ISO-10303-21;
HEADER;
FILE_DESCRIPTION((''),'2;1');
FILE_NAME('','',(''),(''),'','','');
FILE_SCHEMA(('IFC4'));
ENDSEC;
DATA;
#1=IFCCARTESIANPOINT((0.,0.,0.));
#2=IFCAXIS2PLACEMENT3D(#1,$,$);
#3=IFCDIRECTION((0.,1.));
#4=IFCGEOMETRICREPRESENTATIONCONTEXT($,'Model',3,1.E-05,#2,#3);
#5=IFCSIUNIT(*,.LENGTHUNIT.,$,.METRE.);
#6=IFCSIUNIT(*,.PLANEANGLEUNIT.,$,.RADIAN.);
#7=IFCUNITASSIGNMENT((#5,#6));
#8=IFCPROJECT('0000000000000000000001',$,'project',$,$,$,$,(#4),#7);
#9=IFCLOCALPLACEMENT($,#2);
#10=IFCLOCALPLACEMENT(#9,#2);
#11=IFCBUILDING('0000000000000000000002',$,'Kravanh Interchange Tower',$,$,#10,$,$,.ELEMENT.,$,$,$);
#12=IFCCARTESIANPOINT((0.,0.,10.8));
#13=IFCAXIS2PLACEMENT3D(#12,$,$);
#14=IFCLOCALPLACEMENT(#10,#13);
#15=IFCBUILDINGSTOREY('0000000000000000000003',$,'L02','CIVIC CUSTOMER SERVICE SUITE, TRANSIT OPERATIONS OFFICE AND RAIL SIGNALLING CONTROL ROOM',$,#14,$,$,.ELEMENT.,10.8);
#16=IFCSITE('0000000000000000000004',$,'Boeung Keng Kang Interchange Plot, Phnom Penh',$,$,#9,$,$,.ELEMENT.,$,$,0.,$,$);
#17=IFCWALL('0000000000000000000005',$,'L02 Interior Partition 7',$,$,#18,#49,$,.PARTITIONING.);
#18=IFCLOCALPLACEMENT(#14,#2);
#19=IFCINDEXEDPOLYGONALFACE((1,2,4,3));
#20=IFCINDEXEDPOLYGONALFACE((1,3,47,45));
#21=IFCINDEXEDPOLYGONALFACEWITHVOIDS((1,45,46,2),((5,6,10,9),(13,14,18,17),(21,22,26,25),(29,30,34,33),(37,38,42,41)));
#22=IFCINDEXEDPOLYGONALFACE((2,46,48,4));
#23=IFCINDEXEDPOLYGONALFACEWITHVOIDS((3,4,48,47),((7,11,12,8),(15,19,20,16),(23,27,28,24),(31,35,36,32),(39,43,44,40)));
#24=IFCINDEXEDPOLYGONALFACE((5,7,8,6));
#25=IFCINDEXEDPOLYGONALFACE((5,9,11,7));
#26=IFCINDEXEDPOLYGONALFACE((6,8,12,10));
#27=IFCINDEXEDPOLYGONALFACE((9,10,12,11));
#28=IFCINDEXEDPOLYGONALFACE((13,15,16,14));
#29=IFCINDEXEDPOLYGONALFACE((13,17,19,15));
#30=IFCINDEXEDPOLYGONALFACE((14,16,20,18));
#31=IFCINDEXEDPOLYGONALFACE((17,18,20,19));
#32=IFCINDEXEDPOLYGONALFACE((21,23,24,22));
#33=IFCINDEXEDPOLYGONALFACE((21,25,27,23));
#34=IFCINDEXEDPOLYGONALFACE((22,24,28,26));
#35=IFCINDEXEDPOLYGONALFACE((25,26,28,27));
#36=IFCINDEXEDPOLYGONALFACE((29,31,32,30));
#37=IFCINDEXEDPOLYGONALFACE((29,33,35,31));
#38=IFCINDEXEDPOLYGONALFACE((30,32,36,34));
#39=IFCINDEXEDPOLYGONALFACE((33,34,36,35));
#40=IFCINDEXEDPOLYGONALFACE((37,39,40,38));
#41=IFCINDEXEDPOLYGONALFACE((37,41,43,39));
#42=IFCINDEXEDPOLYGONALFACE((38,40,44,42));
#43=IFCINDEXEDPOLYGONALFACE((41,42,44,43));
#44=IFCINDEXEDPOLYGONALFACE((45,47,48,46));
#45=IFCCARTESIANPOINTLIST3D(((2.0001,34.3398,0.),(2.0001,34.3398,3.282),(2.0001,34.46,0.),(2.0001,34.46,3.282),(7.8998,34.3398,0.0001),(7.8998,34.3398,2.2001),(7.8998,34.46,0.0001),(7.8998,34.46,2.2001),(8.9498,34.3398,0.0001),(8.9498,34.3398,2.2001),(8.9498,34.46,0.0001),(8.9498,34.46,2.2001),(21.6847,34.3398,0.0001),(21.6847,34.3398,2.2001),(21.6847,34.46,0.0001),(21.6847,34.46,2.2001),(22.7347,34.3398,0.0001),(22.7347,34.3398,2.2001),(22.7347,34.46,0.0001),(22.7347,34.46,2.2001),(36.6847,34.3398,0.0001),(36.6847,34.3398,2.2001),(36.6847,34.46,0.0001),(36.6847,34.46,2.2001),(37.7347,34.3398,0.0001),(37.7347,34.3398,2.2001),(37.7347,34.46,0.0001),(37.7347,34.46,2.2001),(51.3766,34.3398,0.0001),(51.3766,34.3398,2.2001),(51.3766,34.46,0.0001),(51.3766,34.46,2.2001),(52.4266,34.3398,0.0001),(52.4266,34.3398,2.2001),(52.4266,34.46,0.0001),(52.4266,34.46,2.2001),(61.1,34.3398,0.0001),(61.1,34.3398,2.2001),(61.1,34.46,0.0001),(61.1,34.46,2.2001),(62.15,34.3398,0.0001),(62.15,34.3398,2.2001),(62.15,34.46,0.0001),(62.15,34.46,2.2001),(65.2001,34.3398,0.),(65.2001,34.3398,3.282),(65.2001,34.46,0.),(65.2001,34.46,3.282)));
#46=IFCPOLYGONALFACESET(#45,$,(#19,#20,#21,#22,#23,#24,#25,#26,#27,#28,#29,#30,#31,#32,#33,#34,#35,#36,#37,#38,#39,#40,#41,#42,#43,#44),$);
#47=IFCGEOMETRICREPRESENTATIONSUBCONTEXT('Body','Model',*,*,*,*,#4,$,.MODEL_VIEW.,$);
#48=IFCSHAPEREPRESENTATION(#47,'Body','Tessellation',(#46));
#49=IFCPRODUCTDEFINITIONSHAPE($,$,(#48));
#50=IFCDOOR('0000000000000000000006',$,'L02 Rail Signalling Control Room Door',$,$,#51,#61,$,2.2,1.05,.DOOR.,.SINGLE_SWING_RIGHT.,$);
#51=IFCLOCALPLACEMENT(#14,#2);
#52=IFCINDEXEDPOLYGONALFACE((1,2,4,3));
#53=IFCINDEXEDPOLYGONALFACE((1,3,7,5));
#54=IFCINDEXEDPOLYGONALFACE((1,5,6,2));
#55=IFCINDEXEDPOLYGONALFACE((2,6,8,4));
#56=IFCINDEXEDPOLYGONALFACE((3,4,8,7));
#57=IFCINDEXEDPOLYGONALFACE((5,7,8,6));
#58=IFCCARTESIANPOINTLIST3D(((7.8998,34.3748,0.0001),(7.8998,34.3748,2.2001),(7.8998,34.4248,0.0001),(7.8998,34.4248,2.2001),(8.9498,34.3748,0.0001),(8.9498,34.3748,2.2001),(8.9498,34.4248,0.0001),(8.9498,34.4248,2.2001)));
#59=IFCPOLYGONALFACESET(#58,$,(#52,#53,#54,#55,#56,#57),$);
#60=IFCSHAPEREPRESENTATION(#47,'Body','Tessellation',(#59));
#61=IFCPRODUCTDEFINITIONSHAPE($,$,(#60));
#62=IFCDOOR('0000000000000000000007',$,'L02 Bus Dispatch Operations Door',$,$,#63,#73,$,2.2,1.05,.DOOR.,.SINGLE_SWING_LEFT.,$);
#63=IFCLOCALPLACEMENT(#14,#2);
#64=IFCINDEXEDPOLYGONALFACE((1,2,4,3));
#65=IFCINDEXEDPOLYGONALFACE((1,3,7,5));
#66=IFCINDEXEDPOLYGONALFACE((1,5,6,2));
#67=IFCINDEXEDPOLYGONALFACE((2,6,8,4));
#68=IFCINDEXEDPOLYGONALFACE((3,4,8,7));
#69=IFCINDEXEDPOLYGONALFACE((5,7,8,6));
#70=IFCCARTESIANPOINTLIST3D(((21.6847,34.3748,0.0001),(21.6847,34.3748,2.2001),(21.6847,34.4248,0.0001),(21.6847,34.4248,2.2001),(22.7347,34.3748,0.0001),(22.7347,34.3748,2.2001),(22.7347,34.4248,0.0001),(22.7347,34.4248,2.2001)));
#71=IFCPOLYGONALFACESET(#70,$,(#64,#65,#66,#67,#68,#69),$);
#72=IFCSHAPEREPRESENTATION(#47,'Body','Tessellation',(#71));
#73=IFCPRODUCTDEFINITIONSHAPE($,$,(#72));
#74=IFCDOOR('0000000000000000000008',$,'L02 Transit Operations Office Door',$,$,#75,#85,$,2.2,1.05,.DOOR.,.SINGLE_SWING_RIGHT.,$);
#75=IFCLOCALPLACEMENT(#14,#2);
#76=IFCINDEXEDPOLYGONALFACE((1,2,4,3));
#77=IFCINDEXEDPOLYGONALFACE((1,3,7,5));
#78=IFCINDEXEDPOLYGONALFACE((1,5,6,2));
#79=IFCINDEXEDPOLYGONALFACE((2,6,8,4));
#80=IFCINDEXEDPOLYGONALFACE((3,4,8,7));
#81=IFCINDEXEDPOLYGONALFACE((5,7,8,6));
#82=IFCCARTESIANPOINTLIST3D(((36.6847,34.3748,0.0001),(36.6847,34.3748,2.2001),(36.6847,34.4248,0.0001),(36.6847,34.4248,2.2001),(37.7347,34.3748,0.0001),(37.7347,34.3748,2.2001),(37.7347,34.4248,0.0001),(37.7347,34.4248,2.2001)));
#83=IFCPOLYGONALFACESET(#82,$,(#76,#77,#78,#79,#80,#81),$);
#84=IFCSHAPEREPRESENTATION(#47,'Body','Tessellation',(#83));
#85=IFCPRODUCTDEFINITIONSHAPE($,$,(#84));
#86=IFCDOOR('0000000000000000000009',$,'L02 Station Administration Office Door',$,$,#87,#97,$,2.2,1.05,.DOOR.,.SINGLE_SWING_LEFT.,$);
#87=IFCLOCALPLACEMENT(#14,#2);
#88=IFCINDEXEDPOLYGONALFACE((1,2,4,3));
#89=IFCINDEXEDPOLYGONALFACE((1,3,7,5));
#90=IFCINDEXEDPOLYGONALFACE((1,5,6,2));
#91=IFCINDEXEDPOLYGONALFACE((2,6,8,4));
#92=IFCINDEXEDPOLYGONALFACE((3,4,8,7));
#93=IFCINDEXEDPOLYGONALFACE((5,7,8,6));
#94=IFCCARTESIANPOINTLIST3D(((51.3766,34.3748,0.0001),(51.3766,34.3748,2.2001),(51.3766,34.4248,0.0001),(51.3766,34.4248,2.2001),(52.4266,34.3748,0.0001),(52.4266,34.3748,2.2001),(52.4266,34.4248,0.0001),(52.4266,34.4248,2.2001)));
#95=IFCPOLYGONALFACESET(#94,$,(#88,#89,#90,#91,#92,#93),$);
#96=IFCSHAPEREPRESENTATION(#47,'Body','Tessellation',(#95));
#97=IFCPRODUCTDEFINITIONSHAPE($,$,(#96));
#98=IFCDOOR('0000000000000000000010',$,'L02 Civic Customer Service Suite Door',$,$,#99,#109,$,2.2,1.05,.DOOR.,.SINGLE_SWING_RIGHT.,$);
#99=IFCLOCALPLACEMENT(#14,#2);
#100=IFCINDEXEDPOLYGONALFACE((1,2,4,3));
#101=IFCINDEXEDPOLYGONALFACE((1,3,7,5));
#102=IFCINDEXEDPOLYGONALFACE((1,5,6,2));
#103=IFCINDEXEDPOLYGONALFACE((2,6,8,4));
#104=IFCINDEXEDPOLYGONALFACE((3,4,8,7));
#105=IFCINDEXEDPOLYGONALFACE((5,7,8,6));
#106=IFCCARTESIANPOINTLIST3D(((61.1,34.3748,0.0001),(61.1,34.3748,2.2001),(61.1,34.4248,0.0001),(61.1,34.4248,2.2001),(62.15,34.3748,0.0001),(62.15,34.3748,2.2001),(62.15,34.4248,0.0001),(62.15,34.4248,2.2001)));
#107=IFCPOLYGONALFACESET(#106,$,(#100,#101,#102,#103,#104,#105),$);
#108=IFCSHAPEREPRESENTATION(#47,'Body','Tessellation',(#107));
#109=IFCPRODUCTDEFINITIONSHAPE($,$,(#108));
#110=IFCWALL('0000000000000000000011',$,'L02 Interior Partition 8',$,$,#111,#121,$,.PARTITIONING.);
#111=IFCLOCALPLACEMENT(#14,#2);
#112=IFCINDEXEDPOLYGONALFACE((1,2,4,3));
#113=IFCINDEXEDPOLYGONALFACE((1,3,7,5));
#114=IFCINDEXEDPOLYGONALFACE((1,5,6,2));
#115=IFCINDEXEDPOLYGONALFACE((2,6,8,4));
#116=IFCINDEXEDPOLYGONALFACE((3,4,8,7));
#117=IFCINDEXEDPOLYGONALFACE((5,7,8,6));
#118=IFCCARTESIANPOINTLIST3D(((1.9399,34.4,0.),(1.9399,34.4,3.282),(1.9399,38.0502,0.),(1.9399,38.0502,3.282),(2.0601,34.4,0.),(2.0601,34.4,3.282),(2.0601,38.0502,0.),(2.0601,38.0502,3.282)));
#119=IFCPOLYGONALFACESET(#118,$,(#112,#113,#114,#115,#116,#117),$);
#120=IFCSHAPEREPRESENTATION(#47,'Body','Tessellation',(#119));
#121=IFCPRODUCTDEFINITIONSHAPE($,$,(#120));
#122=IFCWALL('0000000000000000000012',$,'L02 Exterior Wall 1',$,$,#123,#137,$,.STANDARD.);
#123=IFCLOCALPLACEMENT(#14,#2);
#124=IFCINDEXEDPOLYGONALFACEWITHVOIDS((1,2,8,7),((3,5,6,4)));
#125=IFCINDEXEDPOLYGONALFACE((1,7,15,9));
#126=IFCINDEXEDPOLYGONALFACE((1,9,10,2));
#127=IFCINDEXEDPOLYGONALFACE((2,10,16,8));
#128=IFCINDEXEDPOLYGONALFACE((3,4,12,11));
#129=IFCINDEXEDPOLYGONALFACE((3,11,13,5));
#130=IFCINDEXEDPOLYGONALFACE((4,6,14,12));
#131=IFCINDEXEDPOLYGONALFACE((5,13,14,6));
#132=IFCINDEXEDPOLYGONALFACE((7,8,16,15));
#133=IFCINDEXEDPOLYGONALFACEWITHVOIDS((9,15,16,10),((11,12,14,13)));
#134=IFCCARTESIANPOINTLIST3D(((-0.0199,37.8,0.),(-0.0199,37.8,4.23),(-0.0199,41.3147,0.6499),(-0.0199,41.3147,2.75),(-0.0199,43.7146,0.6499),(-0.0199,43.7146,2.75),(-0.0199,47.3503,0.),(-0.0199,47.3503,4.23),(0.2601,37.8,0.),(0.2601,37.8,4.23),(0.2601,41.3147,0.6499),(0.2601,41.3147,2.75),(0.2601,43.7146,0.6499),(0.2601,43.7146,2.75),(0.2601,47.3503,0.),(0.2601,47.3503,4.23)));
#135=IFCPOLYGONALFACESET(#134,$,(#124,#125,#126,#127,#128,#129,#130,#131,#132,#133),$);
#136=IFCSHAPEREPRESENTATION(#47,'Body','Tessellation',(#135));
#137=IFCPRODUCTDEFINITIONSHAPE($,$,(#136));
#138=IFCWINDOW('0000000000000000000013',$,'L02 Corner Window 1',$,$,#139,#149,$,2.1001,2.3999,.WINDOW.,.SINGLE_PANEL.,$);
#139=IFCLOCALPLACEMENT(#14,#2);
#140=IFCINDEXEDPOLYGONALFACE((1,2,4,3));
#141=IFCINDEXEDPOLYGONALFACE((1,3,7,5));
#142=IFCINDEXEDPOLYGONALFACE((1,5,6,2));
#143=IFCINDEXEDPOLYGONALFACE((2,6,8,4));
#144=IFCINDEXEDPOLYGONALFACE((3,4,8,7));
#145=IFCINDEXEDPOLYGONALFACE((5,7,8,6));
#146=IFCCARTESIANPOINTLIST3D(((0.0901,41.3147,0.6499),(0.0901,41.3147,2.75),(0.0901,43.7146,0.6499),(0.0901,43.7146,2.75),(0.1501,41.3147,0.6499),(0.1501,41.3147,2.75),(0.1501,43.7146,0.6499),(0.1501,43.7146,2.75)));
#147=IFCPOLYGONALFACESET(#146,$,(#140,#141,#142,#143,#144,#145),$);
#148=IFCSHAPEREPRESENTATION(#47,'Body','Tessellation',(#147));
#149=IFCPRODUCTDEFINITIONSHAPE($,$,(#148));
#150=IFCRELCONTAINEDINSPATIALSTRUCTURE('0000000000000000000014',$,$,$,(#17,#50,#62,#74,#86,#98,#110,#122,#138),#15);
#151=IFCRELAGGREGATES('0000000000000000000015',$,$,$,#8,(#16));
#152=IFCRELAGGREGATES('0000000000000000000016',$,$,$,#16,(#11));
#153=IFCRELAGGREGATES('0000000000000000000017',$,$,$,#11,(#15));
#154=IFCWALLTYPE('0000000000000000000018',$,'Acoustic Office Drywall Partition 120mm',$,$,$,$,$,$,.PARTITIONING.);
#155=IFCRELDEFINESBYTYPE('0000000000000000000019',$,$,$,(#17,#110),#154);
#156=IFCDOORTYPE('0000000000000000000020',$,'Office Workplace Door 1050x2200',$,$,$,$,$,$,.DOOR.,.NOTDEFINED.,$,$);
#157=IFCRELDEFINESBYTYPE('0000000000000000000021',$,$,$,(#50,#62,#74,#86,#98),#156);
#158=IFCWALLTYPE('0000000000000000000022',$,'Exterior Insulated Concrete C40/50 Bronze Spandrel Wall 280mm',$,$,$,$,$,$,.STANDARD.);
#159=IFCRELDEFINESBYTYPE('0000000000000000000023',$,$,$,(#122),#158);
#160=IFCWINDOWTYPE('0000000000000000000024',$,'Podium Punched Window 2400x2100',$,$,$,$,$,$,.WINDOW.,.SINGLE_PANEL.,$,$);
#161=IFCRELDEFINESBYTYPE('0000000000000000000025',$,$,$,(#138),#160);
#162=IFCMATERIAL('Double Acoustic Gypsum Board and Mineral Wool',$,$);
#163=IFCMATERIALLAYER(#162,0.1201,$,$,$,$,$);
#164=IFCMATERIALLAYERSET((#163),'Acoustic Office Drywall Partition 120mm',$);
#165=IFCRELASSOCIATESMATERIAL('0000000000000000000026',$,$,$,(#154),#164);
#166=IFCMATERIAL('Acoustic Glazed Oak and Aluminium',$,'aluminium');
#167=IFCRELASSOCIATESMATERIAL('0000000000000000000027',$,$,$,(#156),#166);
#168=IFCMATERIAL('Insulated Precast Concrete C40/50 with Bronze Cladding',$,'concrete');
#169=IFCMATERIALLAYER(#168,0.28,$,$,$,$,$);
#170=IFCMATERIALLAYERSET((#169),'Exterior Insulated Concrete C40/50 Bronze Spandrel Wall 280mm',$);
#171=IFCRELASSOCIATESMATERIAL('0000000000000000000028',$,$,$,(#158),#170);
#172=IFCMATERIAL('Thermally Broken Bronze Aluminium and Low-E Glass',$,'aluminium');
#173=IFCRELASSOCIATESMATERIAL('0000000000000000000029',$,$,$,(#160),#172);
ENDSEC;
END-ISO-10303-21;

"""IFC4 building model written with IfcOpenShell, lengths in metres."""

from ifc_helpers import new_model, si_unit, direction, frame, frame_2d, origin, place, context, subcontext, project, spatial, rectangle, extrude, material, layer, layer_set, type_object, element, fill, save


model = new_model("IFC4")

# Units and contexts
model_context = context("Model", 3, precision=1e-05, world=origin(), true_north=direction((0.0, 1.0)))
body_context = subcontext(model_context, "Body", "Model", "MODEL_VIEW")
ifc_project = project(units=[si_unit("LENGTHUNIT", "METRE"), si_unit("PLANEANGLEUNIT", "RADIAN")], contexts=[model_context])

# Site, building, storey
site_placement = place(None, origin())
site = spatial("IfcSite", under=ifc_project, at=site_placement, Name="Boeung Keng Kang Interchange Plot, Phnom Penh", CompositionType="ELEMENT", RefElevation=0.0)
building_placement = place(site_placement, origin())
building = spatial("IfcBuilding", under=site, at=building_placement, Name="Kravanh Interchange Tower", CompositionType="ELEMENT")
storey_placement = place(building_placement, frame((0.0, 0.0, 10.8)))
storey = spatial("IfcBuildingStorey", under=building, at=storey_placement, Name="L02", Description="CIVIC CUSTOMER SERVICE SUITE, TRANSIT OPERATIONS OFFICE AND RAIL SIGNALLING CONTROL ROOM", CompositionType="ELEMENT", Elevation=10.8)

# Wall, openings, doors
ifc_material_1 = material(Name="Double Acoustic Gypsum Board and Mineral Wool")
ifc_layer_1 = layer(ifc_material_1, 0.1201)
ifc_layer_set_1 = layer_set([ifc_layer_1], Name="Acoustic Office Drywall Partition 120mm")
wall_type_1 = type_object("IfcWallType", Name="Acoustic Office Drywall Partition 120mm", PredefinedType="PARTITIONING", material=ifc_layer_set_1)
wall_1_placement = place(storey_placement, frame((2.0, 34.3999, 0.0), z_axis=(0.0, 0.0, 1.0), x_axis=(1.0, 0.0, 0.0)))
wall_1 = element("IfcWall", 1, at=wall_1_placement, inside=storey, type_object=wall_type_1, Name="L02 Interior Partition 7", PredefinedType="PARTITIONING", context=body_context, shape_type="SweptSolid", body=[
    extrude(rectangle(XDim=63.2, YDim=0.1201, at=frame_2d((31.6001, 0.0))), origin(), (0.0, 0.0, 1.0), 3.282),
])
opening_1_placement = place(wall_1_placement, frame((5.8999, 0.0, 0.0)))
opening_1 = element("IfcOpeningElement", 2, at=opening_1_placement, cuts=wall_1, PredefinedType="OPENING", context=body_context, shape_type="SweptSolid", body=[
    extrude(rectangle(XDim=1.05, YDim=2.2, at=frame_2d((0.5249, 1.1001))), frame((0.0, 0.0701, 0.0), z_axis=(0.0, -1.0, 0.0), x_axis=(1.0, 0.0, 0.0)), (0.0, 0.0, 1.0), 0.1401),
])
opening_2_placement = place(wall_1_placement, frame((19.6848, 0.0, 0.0)))
opening_2 = element("IfcOpeningElement", 3, at=opening_2_placement, cuts=wall_1, PredefinedType="OPENING", context=body_context, shape_type="SweptSolid", body=[
    extrude(rectangle(XDim=1.05, YDim=2.2, at=frame_2d((0.5249, 1.1001))), frame((0.0, 0.0701, 0.0), z_axis=(0.0, -1.0, 0.0), x_axis=(1.0, 0.0, 0.0)), (0.0, 0.0, 1.0), 0.1401),
])
opening_3_placement = place(wall_1_placement, frame((34.6848, 0.0, 0.0)))
opening_3 = element("IfcOpeningElement", 4, at=opening_3_placement, cuts=wall_1, PredefinedType="OPENING", context=body_context, shape_type="SweptSolid", body=[
    extrude(rectangle(XDim=1.05, YDim=2.2, at=frame_2d((0.5249, 1.1001))), frame((0.0, 0.0701, 0.0), z_axis=(0.0, -1.0, 0.0), x_axis=(1.0, 0.0, 0.0)), (0.0, 0.0, 1.0), 0.1401),
])
opening_4_placement = place(wall_1_placement, frame((49.3767, 0.0, 0.0)))
opening_4 = element("IfcOpeningElement", 5, at=opening_4_placement, cuts=wall_1, PredefinedType="OPENING", context=body_context, shape_type="SweptSolid", body=[
    extrude(rectangle(XDim=1.05, YDim=2.2, at=frame_2d((0.5249, 1.1001))), frame((0.0, 0.0701, 0.0), z_axis=(0.0, -1.0, 0.0), x_axis=(1.0, 0.0, 0.0)), (0.0, 0.0, 1.0), 0.1401),
])
opening_5_placement = place(wall_1_placement, frame((59.1001, 0.0, 0.0)))
opening_5 = element("IfcOpeningElement", 6, at=opening_5_placement, cuts=wall_1, PredefinedType="OPENING", context=body_context, shape_type="SweptSolid", body=[
    extrude(rectangle(XDim=1.05, YDim=2.2, at=frame_2d((0.5249, 1.1001))), frame((0.0, 0.0701, 0.0), z_axis=(0.0, -1.0, 0.0), x_axis=(1.0, 0.0, 0.0)), (0.0, 0.0, 1.0), 0.1401),
])
ifc_material_2 = material(Name="Acoustic Glazed Oak and Aluminium", Category="aluminium")
door_type = type_object("IfcDoorType", Name="Office Workplace Door 1050x2200", OperationType="NOTDEFINED", PredefinedType="DOOR", material=ifc_material_2)
door_1_placement = place(opening_1_placement, origin())
door_1 = element("IfcDoor", 7, at=door_1_placement, inside=storey, type_object=door_type, Name="L02 Rail Signalling Control Room Door", OperationType="SINGLE_SWING_RIGHT", OverallHeight=2.2, OverallWidth=1.05, PredefinedType="DOOR", context=body_context, shape_type="SweptSolid", body=[
    extrude(rectangle(XDim=1.05, YDim=2.2, at=frame_2d((0.5249, 1.1001))), frame((0.0, 0.0249, 0.0), z_axis=(0.0, -1.0, 0.0), x_axis=(1.0, 0.0, 0.0)), (0.0, 0.0, 1.0), 0.05),
])
fill(opening_1, door_1)
door_2_placement = place(opening_2_placement, origin())
door_2 = element("IfcDoor", 8, at=door_2_placement, inside=storey, type_object=door_type, Name="L02 Bus Dispatch Operations Door", OperationType="SINGLE_SWING_LEFT", OverallHeight=2.2, OverallWidth=1.05, PredefinedType="DOOR", context=body_context, shape_type="SweptSolid", body=[
    extrude(rectangle(XDim=1.05, YDim=2.2, at=frame_2d((0.5249, 1.1001))), frame((0.0, 0.0249, 0.0), z_axis=(0.0, -1.0, 0.0), x_axis=(1.0, 0.0, 0.0)), (0.0, 0.0, 1.0), 0.05),
])
fill(opening_2, door_2)
door_3_placement = place(opening_3_placement, origin())
door_3 = element("IfcDoor", 9, at=door_3_placement, inside=storey, type_object=door_type, Name="L02 Transit Operations Office Door", OperationType="SINGLE_SWING_RIGHT", OverallHeight=2.2, OverallWidth=1.05, PredefinedType="DOOR", context=body_context, shape_type="SweptSolid", body=[
    extrude(rectangle(XDim=1.05, YDim=2.2, at=frame_2d((0.5249, 1.1001))), frame((0.0, 0.0249, 0.0), z_axis=(0.0, -1.0, 0.0), x_axis=(1.0, 0.0, 0.0)), (0.0, 0.0, 1.0), 0.05),
])
fill(opening_3, door_3)
door_4_placement = place(opening_4_placement, origin())
door_4 = element("IfcDoor", 10, at=door_4_placement, inside=storey, type_object=door_type, Name="L02 Station Administration Office Door", OperationType="SINGLE_SWING_LEFT", OverallHeight=2.2, OverallWidth=1.05, PredefinedType="DOOR", context=body_context, shape_type="SweptSolid", body=[
    extrude(rectangle(XDim=1.05, YDim=2.2, at=frame_2d((0.5249, 1.1001))), frame((0.0, 0.0249, 0.0), z_axis=(0.0, -1.0, 0.0), x_axis=(1.0, 0.0, 0.0)), (0.0, 0.0, 1.0), 0.05),
])
fill(opening_4, door_4)
door_5_placement = place(opening_5_placement, origin())
door_5 = element("IfcDoor", 11, at=door_5_placement, inside=storey, type_object=door_type, Name="L02 Civic Customer Service Suite Door", OperationType="SINGLE_SWING_RIGHT", OverallHeight=2.2, OverallWidth=1.05, PredefinedType="DOOR", context=body_context, shape_type="SweptSolid", body=[
    extrude(rectangle(XDim=1.05, YDim=2.2, at=frame_2d((0.5249, 1.1001))), frame((0.0, 0.0249, 0.0), z_axis=(0.0, -1.0, 0.0), x_axis=(1.0, 0.0, 0.0)), (0.0, 0.0, 1.0), 0.05),
])
fill(opening_5, door_5)

# Wall
wall_2_placement = place(storey_placement, frame((2.0, 34.3999, 0.0), z_axis=(0.0, 0.0, 1.0), x_axis=(0.0, 1.0, 0.0)))
element("IfcWall", 12, at=wall_2_placement, inside=storey, type_object=wall_type_1, Name="L02 Interior Partition 8", PredefinedType="PARTITIONING", context=body_context, shape_type="SweptSolid", body=[
    extrude(rectangle(XDim=3.6501, YDim=0.1201, at=frame_2d((1.8252, 0.0))), origin(), (0.0, 0.0, 1.0), 3.282),
])

# Wall, opening, window
ifc_material_3 = material(Name="Insulated Precast Concrete C40/50 with Bronze Cladding", Category="concrete")
ifc_layer_2 = layer(ifc_material_3, 0.28)
ifc_layer_set_2 = layer_set([ifc_layer_2], Name="Exterior Insulated Concrete C40/50 Bronze Spandrel Wall 280mm")
wall_type_2 = type_object("IfcWallType", Name="Exterior Insulated Concrete C40/50 Bronze Spandrel Wall 280mm", PredefinedType="STANDARD", material=ifc_layer_set_2)
wall_3_placement = place(storey_placement, frame((0.1201, 37.8, 0.0), z_axis=(0.0, 0.0, 1.0), x_axis=(0.0, 1.0, 0.0)))
wall_3 = element("IfcWall", 13, at=wall_3_placement, inside=storey, type_object=wall_type_2, Name="L02 Exterior Wall 1", PredefinedType="STANDARD", context=body_context, shape_type="SweptSolid", body=[
    extrude(rectangle(XDim=9.5503, YDim=0.28, at=frame_2d((4.7751, 0.0))), origin(), (0.0, 0.0, 1.0), 4.23),
])
opening_6_placement = place(wall_3_placement, frame((3.5146, 0.0, 0.6499)))
opening_6 = element("IfcOpeningElement", 14, at=opening_6_placement, cuts=wall_3, PredefinedType="OPENING", context=body_context, shape_type="SweptSolid", body=[
    extrude(rectangle(XDim=2.3999, YDim=2.1001, at=frame_2d((1.2, 1.05))), frame((0.0, 0.1499, 0.0), z_axis=(0.0, -1.0, 0.0), x_axis=(1.0, 0.0, 0.0)), (0.0, 0.0, 1.0), 0.3),
])
ifc_material_4 = material(Name="Thermally Broken Bronze Aluminium and Low-E Glass", Category="aluminium")
window_type = type_object("IfcWindowType", Name="Podium Punched Window 2400x2100", PartitioningType="SINGLE_PANEL", PredefinedType="WINDOW", material=ifc_material_4)
window_1_placement = place(opening_6_placement, origin())
window_1 = element("IfcWindow", 15, at=window_1_placement, inside=storey, type_object=window_type, Name="L02 Corner Window 1", OverallHeight=2.1001, OverallWidth=2.3999, PartitioningType="SINGLE_PANEL", PredefinedType="WINDOW", context=body_context, shape_type="SweptSolid", body=[
    extrude(rectangle(XDim=2.3999, YDim=2.1001, at=frame_2d((1.2, 1.05))), frame((0.0, 0.03, 0.0), z_axis=(0.0, -1.0, 0.0), x_axis=(1.0, 0.0, 0.0)), (0.0, 0.0, 1.0), 0.0601),
])
fill(opening_6, window_1)

save(model, "model.ifc")
